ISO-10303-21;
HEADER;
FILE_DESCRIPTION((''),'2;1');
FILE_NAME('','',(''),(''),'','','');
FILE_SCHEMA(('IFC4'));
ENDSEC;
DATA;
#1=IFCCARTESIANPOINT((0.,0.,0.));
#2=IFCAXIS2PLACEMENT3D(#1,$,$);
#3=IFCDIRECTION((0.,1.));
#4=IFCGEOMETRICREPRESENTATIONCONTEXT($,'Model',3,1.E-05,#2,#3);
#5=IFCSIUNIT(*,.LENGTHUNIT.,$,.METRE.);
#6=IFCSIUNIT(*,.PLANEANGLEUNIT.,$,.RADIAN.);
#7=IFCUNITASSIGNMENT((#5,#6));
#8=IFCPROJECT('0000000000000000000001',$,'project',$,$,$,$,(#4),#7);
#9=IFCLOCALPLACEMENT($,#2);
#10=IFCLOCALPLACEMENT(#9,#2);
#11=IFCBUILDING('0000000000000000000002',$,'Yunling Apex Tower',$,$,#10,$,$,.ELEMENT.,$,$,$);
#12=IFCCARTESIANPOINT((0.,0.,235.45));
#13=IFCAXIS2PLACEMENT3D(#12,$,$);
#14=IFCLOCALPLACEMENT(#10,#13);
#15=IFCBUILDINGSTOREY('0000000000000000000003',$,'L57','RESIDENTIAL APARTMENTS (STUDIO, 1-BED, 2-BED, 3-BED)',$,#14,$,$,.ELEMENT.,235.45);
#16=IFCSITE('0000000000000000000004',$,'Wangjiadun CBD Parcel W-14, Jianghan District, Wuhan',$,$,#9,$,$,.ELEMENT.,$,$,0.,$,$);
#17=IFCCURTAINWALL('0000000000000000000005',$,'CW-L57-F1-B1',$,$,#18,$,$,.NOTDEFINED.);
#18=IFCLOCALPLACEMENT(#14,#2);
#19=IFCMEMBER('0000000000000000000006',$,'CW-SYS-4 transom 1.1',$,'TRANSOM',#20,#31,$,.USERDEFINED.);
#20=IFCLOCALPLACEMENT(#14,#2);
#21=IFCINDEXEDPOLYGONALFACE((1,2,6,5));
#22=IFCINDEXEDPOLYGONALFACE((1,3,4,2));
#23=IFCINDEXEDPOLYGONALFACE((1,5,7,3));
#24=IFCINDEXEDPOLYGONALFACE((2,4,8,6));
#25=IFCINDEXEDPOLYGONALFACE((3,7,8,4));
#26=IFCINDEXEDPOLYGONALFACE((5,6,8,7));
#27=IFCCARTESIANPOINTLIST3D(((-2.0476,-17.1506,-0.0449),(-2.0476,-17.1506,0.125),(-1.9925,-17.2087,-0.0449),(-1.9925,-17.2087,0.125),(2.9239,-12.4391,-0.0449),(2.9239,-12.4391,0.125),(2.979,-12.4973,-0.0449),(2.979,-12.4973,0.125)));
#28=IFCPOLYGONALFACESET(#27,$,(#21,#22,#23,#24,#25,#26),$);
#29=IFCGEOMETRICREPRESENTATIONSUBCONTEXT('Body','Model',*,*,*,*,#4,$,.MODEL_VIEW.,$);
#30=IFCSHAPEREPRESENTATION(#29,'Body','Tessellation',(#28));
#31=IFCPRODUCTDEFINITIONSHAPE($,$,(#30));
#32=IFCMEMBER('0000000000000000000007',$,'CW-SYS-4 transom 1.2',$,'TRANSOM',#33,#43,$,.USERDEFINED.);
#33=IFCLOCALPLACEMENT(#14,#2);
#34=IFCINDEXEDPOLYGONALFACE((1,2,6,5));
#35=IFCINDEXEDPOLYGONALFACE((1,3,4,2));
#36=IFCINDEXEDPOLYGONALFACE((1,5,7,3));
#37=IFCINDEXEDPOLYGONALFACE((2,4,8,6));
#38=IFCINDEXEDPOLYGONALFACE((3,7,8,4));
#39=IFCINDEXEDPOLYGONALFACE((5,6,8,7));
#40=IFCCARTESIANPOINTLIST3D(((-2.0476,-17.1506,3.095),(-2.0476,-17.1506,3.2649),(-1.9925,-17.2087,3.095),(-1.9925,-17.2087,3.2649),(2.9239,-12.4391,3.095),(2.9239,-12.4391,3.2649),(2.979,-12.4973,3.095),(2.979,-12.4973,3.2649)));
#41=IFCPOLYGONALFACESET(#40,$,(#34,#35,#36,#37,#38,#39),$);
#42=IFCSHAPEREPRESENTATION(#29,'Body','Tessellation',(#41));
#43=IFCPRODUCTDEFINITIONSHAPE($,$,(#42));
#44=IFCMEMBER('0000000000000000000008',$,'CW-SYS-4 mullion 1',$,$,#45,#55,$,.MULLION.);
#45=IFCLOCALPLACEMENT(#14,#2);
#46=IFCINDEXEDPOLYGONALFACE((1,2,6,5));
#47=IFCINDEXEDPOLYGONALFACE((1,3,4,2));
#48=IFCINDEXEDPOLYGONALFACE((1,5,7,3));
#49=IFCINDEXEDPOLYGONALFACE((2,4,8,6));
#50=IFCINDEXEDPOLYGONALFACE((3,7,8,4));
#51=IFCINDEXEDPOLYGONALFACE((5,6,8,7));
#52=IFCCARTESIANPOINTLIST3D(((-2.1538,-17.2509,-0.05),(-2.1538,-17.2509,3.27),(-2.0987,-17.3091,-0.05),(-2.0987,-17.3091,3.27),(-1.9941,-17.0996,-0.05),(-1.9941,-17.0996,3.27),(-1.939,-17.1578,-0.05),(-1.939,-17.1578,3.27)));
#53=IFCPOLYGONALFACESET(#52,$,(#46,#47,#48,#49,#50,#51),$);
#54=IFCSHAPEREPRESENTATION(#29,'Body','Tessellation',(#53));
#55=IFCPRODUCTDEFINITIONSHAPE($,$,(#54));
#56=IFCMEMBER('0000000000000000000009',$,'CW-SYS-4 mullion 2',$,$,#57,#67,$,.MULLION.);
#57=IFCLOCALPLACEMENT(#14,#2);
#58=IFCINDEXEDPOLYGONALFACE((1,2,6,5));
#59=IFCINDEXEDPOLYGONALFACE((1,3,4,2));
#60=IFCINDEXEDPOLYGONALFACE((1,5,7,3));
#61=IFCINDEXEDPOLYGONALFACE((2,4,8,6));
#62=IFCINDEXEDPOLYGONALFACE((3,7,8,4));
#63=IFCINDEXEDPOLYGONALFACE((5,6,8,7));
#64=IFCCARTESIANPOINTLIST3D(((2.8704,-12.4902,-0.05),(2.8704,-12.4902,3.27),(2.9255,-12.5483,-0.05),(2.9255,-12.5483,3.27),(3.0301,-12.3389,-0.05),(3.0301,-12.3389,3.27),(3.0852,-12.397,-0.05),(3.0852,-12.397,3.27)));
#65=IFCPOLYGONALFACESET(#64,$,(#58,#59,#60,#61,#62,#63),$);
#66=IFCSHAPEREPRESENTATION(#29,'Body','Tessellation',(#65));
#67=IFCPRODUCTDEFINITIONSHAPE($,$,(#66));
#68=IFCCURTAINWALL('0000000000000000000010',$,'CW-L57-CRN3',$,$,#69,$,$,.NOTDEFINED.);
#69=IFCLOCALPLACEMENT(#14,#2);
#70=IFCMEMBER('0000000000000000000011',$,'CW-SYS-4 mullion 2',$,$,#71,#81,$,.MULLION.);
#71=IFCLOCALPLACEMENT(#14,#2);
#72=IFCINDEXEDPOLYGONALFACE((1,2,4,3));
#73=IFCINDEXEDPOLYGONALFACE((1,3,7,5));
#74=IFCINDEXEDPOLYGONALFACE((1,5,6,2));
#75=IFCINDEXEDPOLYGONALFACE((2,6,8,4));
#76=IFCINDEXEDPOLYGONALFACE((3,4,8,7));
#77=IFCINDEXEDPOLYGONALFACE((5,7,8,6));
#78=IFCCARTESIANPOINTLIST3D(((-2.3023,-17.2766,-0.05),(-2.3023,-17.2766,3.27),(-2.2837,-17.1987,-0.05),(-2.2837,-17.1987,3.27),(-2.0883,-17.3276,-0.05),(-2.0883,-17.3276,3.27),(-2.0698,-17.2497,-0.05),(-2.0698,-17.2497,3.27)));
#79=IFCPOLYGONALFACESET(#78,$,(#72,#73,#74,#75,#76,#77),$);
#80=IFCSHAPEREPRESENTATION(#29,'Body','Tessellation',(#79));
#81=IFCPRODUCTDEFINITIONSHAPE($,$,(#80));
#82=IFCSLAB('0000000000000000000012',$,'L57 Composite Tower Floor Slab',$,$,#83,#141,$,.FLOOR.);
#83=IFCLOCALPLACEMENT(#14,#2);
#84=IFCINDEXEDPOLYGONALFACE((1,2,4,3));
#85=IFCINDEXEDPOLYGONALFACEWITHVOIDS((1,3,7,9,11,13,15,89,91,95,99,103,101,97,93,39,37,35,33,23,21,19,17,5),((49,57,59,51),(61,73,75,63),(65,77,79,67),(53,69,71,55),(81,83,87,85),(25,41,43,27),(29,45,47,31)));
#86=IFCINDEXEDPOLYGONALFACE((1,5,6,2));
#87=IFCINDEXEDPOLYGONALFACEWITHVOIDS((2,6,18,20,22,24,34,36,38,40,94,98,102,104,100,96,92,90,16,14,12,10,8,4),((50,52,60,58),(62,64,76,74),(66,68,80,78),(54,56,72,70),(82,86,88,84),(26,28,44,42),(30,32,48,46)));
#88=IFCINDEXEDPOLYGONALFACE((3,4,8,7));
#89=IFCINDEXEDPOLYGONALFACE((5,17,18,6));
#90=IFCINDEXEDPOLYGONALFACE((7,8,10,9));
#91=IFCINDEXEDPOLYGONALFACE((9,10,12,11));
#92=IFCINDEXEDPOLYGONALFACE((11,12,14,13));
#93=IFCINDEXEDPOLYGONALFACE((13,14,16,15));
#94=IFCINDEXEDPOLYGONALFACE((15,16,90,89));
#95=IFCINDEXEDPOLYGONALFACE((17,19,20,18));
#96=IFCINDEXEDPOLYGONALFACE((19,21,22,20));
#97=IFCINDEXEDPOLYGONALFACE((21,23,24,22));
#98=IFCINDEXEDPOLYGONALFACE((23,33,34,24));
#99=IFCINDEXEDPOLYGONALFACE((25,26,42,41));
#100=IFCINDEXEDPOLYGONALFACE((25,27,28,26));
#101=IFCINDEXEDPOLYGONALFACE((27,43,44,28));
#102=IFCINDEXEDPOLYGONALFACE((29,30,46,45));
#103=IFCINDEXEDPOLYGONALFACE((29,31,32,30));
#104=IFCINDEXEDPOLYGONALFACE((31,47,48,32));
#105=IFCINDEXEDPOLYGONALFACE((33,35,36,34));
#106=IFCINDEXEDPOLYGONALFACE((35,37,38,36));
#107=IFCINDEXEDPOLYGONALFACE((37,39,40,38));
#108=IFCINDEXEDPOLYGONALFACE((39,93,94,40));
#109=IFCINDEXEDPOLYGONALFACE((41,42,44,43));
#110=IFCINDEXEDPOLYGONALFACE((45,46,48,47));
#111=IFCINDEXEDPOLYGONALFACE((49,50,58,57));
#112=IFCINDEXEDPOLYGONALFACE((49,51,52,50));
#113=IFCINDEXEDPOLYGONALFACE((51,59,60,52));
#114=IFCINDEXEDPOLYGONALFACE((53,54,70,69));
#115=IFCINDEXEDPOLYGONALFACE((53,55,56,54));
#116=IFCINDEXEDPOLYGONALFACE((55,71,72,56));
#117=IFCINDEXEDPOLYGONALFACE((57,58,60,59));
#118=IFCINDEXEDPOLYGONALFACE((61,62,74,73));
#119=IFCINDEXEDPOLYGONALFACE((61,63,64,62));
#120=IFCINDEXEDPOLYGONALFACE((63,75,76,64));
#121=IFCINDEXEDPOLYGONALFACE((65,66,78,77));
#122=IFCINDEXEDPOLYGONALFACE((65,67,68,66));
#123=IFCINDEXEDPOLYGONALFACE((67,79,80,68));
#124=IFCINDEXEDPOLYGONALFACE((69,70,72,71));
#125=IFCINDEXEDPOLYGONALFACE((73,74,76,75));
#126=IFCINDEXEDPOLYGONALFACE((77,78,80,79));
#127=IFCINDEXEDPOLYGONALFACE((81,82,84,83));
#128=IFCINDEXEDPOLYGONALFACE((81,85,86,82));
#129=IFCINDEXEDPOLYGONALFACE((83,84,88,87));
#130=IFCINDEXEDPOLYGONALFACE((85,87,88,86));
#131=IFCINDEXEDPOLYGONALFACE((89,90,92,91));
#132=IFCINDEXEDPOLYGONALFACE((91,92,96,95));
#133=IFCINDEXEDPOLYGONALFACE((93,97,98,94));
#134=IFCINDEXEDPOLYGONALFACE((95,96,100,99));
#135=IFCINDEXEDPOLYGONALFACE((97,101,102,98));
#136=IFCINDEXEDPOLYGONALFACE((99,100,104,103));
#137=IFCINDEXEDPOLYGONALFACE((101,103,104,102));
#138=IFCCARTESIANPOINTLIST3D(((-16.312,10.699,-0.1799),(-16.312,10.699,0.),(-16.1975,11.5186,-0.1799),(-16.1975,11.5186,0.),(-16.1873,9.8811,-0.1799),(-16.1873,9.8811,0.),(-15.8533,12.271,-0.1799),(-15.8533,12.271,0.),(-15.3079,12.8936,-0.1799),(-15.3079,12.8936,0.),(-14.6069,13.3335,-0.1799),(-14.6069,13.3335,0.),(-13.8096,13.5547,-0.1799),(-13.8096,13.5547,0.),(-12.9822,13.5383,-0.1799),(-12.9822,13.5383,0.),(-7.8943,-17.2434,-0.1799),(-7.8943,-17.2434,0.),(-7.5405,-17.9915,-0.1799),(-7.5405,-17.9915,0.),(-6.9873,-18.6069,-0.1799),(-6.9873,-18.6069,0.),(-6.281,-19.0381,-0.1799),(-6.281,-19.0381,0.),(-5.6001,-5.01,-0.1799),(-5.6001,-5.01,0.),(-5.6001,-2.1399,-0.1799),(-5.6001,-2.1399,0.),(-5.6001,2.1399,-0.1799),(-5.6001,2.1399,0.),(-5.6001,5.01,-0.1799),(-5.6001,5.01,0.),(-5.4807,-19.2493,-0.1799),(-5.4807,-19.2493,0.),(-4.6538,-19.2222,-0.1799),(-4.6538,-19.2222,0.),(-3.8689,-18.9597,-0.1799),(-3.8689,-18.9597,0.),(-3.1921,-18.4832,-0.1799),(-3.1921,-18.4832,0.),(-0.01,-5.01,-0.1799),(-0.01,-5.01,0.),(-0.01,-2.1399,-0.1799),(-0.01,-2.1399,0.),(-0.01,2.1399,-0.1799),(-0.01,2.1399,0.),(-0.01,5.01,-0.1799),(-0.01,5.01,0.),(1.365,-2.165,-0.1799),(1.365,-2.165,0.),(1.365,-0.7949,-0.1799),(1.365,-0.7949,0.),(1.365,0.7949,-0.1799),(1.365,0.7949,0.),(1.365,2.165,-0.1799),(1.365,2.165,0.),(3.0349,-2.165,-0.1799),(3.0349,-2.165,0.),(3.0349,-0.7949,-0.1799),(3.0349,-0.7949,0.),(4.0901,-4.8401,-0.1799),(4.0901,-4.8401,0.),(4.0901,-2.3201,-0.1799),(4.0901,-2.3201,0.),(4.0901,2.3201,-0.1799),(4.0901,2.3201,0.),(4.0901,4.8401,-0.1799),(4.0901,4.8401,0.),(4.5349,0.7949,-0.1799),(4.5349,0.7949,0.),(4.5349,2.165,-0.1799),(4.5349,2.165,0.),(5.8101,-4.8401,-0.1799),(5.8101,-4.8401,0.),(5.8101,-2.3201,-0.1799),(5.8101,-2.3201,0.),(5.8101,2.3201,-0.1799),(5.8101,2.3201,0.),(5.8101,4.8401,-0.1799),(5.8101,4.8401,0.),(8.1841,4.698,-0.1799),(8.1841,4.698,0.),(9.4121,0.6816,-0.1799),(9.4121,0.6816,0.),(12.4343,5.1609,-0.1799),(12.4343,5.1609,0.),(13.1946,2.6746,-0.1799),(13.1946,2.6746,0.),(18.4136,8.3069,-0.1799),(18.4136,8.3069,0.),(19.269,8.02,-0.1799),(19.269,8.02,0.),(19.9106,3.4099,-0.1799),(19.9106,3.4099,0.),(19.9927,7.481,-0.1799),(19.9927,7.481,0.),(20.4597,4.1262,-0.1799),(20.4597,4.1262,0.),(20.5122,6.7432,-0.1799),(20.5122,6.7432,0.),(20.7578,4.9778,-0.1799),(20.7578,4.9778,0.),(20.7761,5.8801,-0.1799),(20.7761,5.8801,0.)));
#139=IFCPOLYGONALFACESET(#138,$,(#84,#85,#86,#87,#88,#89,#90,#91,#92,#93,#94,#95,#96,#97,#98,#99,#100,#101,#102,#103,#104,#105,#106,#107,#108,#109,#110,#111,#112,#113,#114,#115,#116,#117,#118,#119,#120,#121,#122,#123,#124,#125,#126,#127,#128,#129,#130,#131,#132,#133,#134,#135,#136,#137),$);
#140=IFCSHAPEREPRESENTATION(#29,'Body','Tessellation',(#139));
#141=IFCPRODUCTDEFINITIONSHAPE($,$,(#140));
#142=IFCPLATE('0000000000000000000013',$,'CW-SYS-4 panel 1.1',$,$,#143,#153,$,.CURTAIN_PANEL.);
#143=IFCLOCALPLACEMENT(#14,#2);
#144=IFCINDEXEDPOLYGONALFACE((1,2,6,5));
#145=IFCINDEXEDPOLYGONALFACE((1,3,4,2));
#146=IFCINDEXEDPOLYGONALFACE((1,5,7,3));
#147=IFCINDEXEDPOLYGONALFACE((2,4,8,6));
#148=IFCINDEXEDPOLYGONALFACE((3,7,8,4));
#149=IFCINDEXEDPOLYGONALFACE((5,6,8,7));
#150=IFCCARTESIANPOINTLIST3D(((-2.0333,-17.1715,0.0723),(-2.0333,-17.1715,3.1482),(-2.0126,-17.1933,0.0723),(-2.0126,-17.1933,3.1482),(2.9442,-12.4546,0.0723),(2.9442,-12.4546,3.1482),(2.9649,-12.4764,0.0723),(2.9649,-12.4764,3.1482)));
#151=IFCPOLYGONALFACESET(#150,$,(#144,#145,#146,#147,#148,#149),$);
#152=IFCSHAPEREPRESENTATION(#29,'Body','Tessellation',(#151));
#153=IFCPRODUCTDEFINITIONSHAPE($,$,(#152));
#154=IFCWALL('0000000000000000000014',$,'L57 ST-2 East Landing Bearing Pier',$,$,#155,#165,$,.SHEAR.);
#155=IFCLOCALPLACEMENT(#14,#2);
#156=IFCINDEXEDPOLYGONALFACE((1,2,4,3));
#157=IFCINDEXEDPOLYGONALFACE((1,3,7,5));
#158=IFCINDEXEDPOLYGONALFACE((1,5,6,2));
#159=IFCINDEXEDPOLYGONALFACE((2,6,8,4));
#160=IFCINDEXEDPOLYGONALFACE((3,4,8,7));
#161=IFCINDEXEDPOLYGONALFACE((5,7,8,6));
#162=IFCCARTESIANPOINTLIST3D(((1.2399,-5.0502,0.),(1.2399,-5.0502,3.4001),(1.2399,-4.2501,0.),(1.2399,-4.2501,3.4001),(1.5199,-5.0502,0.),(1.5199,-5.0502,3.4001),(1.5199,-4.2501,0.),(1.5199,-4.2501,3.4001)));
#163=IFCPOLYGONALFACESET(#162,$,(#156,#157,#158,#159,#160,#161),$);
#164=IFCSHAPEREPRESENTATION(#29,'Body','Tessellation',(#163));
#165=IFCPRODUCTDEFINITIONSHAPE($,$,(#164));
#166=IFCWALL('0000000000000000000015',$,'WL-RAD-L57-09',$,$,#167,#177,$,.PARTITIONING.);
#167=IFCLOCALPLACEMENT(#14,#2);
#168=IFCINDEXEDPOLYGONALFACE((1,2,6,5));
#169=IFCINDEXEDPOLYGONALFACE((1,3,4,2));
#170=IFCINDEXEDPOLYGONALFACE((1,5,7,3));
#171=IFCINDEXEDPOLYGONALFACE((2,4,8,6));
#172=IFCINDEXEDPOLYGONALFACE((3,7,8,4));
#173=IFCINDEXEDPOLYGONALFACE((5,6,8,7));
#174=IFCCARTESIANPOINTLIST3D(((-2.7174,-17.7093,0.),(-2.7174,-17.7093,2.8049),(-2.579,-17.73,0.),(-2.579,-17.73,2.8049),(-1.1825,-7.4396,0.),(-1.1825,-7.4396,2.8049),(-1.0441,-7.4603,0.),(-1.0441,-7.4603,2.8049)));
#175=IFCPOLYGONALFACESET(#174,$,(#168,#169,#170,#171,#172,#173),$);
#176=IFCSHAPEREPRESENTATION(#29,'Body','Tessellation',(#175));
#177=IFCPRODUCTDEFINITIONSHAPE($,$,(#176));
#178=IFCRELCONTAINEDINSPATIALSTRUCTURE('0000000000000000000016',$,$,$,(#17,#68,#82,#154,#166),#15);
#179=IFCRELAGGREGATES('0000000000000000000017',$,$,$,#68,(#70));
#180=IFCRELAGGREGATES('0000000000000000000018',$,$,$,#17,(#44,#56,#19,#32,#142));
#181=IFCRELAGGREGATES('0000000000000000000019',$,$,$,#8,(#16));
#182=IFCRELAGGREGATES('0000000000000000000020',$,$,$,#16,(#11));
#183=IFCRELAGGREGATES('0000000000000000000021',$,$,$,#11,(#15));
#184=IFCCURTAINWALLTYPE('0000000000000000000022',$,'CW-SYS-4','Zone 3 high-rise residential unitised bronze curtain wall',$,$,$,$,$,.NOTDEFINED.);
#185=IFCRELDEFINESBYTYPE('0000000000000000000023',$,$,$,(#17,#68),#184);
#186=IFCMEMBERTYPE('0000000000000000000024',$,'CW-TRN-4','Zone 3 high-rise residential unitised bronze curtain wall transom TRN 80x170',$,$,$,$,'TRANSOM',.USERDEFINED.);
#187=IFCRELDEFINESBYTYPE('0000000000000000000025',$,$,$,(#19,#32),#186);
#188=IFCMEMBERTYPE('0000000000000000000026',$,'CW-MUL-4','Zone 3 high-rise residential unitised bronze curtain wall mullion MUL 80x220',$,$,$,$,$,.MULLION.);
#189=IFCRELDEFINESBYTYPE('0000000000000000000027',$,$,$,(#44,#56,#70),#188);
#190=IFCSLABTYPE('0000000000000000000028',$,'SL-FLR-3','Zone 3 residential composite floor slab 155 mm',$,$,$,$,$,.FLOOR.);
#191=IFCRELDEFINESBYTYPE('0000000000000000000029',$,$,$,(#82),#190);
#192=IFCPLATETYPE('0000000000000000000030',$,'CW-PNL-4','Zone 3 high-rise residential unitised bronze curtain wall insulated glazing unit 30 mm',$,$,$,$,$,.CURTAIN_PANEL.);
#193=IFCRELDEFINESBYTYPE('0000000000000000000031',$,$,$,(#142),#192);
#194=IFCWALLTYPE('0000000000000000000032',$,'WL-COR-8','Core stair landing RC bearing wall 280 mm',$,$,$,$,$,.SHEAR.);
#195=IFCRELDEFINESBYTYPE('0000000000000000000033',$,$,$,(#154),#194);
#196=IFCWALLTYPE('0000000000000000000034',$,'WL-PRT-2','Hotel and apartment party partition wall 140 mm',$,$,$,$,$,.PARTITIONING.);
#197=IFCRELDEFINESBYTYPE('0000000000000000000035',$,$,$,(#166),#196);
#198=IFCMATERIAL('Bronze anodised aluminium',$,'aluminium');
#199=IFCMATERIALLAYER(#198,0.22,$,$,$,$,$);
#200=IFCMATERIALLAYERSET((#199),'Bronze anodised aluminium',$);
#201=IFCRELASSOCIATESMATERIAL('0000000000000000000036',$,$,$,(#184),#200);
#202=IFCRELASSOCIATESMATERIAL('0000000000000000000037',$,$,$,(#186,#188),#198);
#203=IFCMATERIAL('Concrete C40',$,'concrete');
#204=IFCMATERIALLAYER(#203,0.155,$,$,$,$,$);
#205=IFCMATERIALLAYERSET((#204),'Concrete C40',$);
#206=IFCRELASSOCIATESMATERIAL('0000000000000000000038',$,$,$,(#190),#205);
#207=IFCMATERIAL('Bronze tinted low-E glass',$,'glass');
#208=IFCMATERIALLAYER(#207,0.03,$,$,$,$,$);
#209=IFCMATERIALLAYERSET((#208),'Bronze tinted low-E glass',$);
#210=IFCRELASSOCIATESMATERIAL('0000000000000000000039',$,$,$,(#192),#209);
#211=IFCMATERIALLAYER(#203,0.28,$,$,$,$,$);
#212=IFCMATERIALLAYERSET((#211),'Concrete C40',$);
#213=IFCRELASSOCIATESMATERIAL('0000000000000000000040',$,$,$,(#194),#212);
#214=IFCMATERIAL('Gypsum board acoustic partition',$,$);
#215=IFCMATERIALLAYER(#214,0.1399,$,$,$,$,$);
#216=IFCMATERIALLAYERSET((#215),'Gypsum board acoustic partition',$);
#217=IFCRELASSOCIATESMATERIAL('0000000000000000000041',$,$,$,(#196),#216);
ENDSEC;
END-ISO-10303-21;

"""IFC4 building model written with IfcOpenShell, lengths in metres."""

from ifc_helpers import new_model, si_unit, direction, frame, frame_2d, origin, origin_2d, place, context, subcontext, project, spatial, polyline, rectangle, outline, extrude, source, transform, mapped, material, layer, layer_set, material_profile, profile_set, type_object, element, aggregate, save


model = new_model("IFC4")

# Units and contexts
model_context = context("Model", 3, precision=1e-05, world=origin(), true_north=direction((0.0, 1.0)))
body_context = subcontext(model_context, "Body", "Model", "MODEL_VIEW")
ifc_project = project(units=[si_unit("LENGTHUNIT", "METRE"), si_unit("PLANEANGLEUNIT", "RADIAN")], contexts=[model_context])

# Site, building, storey
site_placement = place(None, origin())
site = spatial("IfcSite", under=ifc_project, at=site_placement, Name="Wangjiadun CBD Parcel W-14, Jianghan District, Wuhan", CompositionType="ELEMENT", RefElevation=0.0)
building_placement = place(site_placement, origin())
building = spatial("IfcBuilding", under=site, at=building_placement, Name="Yunling Apex Tower", CompositionType="ELEMENT")
storey_placement = place(building_placement, frame((0.0, 0.0, 235.45)))
storey = spatial("IfcBuildingStorey", under=building, at=storey_placement, Name="L57", Description="RESIDENTIAL APARTMENTS (STUDIO, 1-BED, 2-BED, 3-BED)", CompositionType="ELEMENT", Elevation=235.45)

# Curtain wall, members
ifc_material_1 = material(Name="Bronze anodised aluminium", Category="aluminium")
ifc_layer_1 = layer(ifc_material_1, 0.22)
ifc_layer_set_1 = layer_set([ifc_layer_1], Name="Bronze anodised aluminium")
curtain_wall_type = type_object("IfcCurtainWallType", Name="CW-SYS-4", Description="Zone 3 high-rise residential unitised bronze curtain wall", PredefinedType="NOTDEFINED", material=ifc_layer_set_1)
curtain_wall_1_placement = place(storey_placement, origin())
curtain_wall_1 = element("IfcCurtainWall", 1, at=curtain_wall_1_placement, inside=storey, type_object=curtain_wall_type, Name="CW-L57-F1-B1", PredefinedType="NOTDEFINED")
ifc_material_profile_1 = material_profile(ifc_material_1, rectangle(XDim=0.0801, YDim=0.1699, at=origin_2d()))
ifc_profile_set_1 = profile_set([ifc_material_profile_1], Name="Bronze anodised aluminium")
member_type_1 = type_object("IfcMemberType", Name="CW-TRN-4", Description="Zone 3 high-rise residential unitised bronze curtain wall transom TRN 80x170", ElementType="TRANSOM", PredefinedType="USERDEFINED", material=ifc_profile_set_1)
shared_shape_1 = source(origin(), body_context, "Body", "SweptSolid", [
    extrude(rectangle(XDim=0.0801, YDim=0.1699, at=origin_2d()), origin(), (0.0, 0.0, 1.0), 6.8494),
])
member_1_placement = place(storey_placement, frame((-2.02, -17.1797, 0.04), z_axis=(0.725833, 0.687871, 0.0), x_axis=(-0.687871, 0.725833, 0.0)))
member_1 = element("IfcMember", 2, at=member_1_placement, type_object=member_type_1, Name="CW-SYS-4 transom 1.1", ObjectType="TRANSOM", PredefinedType="USERDEFINED", context=body_context, shape_type="MappedRepresentation", body=[
    mapped(shared_shape_1, transform((0.0, 0.0, 0.0), scale=1.0)),
])
member_2_placement = place(storey_placement, frame((-2.02, -17.1797, 3.1799), z_axis=(0.725833, 0.687871, 0.0), x_axis=(-0.687871, 0.725833, 0.0)))
member_2 = element("IfcMember", 3, at=member_2_placement, type_object=member_type_1, Name="CW-SYS-4 transom 1.2", ObjectType="TRANSOM", PredefinedType="USERDEFINED", context=body_context, shape_type="MappedRepresentation", body=[
    mapped(shared_shape_1, transform((0.0, 0.0, 0.0), scale=1.0)),
])
ifc_material_profile_2 = material_profile(ifc_material_1, rectangle(XDim=0.0801, YDim=0.22, at=origin_2d()))
ifc_profile_set_2 = profile_set([ifc_material_profile_2], Name="Bronze anodised aluminium")
member_type_2 = type_object("IfcMemberType", Name="CW-MUL-4", Description="Zone 3 high-rise residential unitised bronze curtain wall mullion MUL 80x220", PredefinedType="MULLION", material=ifc_profile_set_2)
shared_shape_2 = source(origin(), body_context, "Body", "SweptSolid", [
    extrude(rectangle(XDim=0.0801, YDim=0.22, at=origin_2d()), origin(), (0.0, 0.0, 1.0), 3.3201),
])
member_3_placement = place(storey_placement, frame((-2.0464, -17.2043, -0.05), z_axis=(0.0, 0.0, 1.0), x_axis=(-0.687848, 0.725855, 0.0)))
member_3 = element("IfcMember", 4, at=member_3_placement, type_object=member_type_2, Name="CW-SYS-4 mullion 1", PredefinedType="MULLION", context=body_context, shape_type="MappedRepresentation", body=[
    mapped(shared_shape_2, transform((0.0, 0.0, 0.0), scale=1.0)),
])
member_4_placement = place(storey_placement, frame((2.9778, -12.4436, -0.05), z_axis=(0.0, 0.0, 1.0), x_axis=(-0.687848, 0.725855, 0.0)))
member_4 = element("IfcMember", 5, at=member_4_placement, type_object=member_type_2, Name="CW-SYS-4 mullion 2", PredefinedType="MULLION", context=body_context, shape_type="MappedRepresentation", body=[
    mapped(shared_shape_2, transform((0.0, 0.0, 0.0), scale=1.0)),
])

# Curtain wall, member
curtain_wall_2_placement = place(storey_placement, origin())
curtain_wall_2 = element("IfcCurtainWall", 6, at=curtain_wall_2_placement, inside=storey, type_object=curtain_wall_type, Name="CW-L57-CRN3", PredefinedType="NOTDEFINED")
member_5_placement = place(storey_placement, frame((-2.186, -17.2632, -0.05), z_axis=(0.0, 0.0, 1.0), x_axis=(0.231809, 0.972761, 0.0)))
member_5 = element("IfcMember", 7, at=member_5_placement, type_object=member_type_2, Name="CW-SYS-4 mullion 2", PredefinedType="MULLION", context=body_context, shape_type="MappedRepresentation", body=[
    mapped(shared_shape_2, transform((0.0, 0.0, 0.0), scale=1.0)),
])
aggregate(curtain_wall_2, [member_5])

# Slab
ifc_material_2 = material(Name="Concrete C40", Category="concrete")
ifc_layer_2 = layer(ifc_material_2, 0.155)
ifc_layer_set_2 = layer_set([ifc_layer_2], Name="Concrete C40")
slab_type = type_object("IfcSlabType", Name="SL-FLR-3", Description="Zone 3 residential composite floor slab 155 mm", PredefinedType="FLOOR", material=ifc_layer_set_2)
slab_placement = place(storey_placement, frame((0.0, 0.0, -0.1799)))
element("IfcSlab", 8, at=slab_placement, inside=storey, type_object=slab_type, Name="L57 Composite Tower Floor Slab", PredefinedType="FLOOR", context=body_context, shape_type="SweptSolid", body=[
    extrude(outline(polyline([(-7.8943, -17.2434), (-7.5405, -17.9915), (-6.9873, -18.6069), (-6.281, -19.0381), (-5.4807, -19.2493), (-4.6538, -19.2222), (-3.8689, -18.9597), (-3.1921, -18.4832), (19.9106, 3.4099), (20.4597, 4.1262), (20.7578, 4.9778), (20.7761, 5.8801), (20.5122, 6.7432), (19.9927, 7.481), (19.269, 8.02), (18.4136, 8.3069), (-12.9822, 13.5383), (-13.8096, 13.5547), (-14.6069, 13.3335), (-15.3079, 12.8936), (-15.8533, 12.271), (-16.1975, 11.5186), (-16.312, 10.699), (-16.1873, 9.8811), (-7.8943, -17.2434)]), holes=[polyline([(8.1841, 4.698), (12.4343, 5.1609), (13.1946, 2.6746), (9.4121, 0.6816), (8.1841, 4.698)]), polyline([(4.0901, -2.3201), (5.8101, -2.3201), (5.8101, -4.8401), (4.0901, -4.8401), (4.0901, -2.3201)]), polyline([(4.0901, 4.8401), (5.8101, 4.8401), (5.8101, 2.3201), (4.0901, 2.3201), (4.0901, 4.8401)]), polyline([(1.365, 0.7949), (1.365, 2.165), (4.5349, 2.165), (4.5349, 0.7949), (1.365, 0.7949)]), polyline([(1.365, -0.7949), (3.0349, -0.7949), (3.0349, -2.165), (1.365, -2.165), (1.365, -0.7949)]), polyline([(-0.01, -5.01), (-5.6001, -5.01), (-5.6001, -2.1399), (-0.01, -2.1399), (-0.01, -5.01)]), polyline([(-0.01, 2.1399), (-5.6001, 2.1399), (-5.6001, 5.01), (-0.01, 5.01), (-0.01, 2.1399)])]), origin(), (0.0, 0.0, 1.0), 0.1799),
])

# Plate
ifc_material_3 = material(Name="Bronze tinted low-E glass", Category="glass")
ifc_layer_3 = layer(ifc_material_3, 0.03)
ifc_layer_set_3 = layer_set([ifc_layer_3], Name="Bronze tinted low-E glass")
plate_type = type_object("IfcPlateType", Name="CW-PNL-4", Description="Zone 3 high-rise residential unitised bronze curtain wall insulated glazing unit 30 mm", PredefinedType="CURTAIN_PANEL", material=ifc_layer_set_3)
shared_shape_3 = source(origin(), body_context, "Body", "SweptSolid", [
    extrude(rectangle(XDim=6.8574, YDim=0.03, at=origin_2d()), origin(), (0.0, 0.0, 1.0), 3.0759),
])
plate_placement = place(storey_placement, frame((0.4658, -14.824, 0.0723), z_axis=(0.0, 0.0, 1.0), x_axis=(0.725855, 0.687848, 0.0)))
plate = element("IfcPlate", 9, at=plate_placement, type_object=plate_type, Name="CW-SYS-4 panel 1.1", PredefinedType="CURTAIN_PANEL", context=body_context, shape_type="MappedRepresentation", body=[
    mapped(shared_shape_3, transform((0.0, 0.0, 0.0), scale=1.0)),
])
aggregate(curtain_wall_1, [member_3, member_4, member_1, member_2, plate])

# Walls
ifc_layer_4 = layer(ifc_material_2, 0.28)
ifc_layer_set_4 = layer_set([ifc_layer_4], Name="Concrete C40")
wall_type_1 = type_object("IfcWallType", Name="WL-COR-8", Description="Core stair landing RC bearing wall 280 mm", PredefinedType="SHEAR", material=ifc_layer_set_4)
wall_1_placement = place(storey_placement, frame((1.3799, -5.05, 0.0), z_axis=(0.0, 0.0, 1.0), x_axis=(0.0, 1.0, 0.0)))
element("IfcWall", 10, at=wall_1_placement, inside=storey, type_object=wall_type_1, Name="L57 ST-2 East Landing Bearing Pier", PredefinedType="SHEAR", context=body_context, shape_type="SweptSolid", body=[
    extrude(rectangle(XDim=0.8, YDim=0.28, at=frame_2d((0.3999, 0.0))), origin(), (0.0, 0.0, 1.0), 3.4001),
])
ifc_material_4 = material(Name="Gypsum board acoustic partition")
ifc_layer_5 = layer(ifc_material_4, 0.1399)
ifc_layer_set_5 = layer_set([ifc_layer_5], Name="Gypsum board acoustic partition")
wall_type_2 = type_object("IfcWallType", Name="WL-PRT-2", Description="Hotel and apartment party partition wall 140 mm", PredefinedType="PARTITIONING", material=ifc_layer_set_5)
wall_2_placement = place(storey_placement, frame((-1.1133, -7.45, 0.0), z_axis=(0.0, 0.0, 1.0), x_axis=(-0.147817, -0.989015, 0.0)))
element("IfcWall", 11, at=wall_2_placement, inside=storey, type_object=wall_type_2, Name="WL-RAD-L57-09", PredefinedType="PARTITIONING", context=body_context, shape_type="SweptSolid", body=[
    extrude(rectangle(XDim=10.3838, YDim=0.1399, at=frame_2d((5.1919, 0.0))), origin(), (0.0, 0.0, 1.0), 2.8049),
])

save(model, "model.ifc")
